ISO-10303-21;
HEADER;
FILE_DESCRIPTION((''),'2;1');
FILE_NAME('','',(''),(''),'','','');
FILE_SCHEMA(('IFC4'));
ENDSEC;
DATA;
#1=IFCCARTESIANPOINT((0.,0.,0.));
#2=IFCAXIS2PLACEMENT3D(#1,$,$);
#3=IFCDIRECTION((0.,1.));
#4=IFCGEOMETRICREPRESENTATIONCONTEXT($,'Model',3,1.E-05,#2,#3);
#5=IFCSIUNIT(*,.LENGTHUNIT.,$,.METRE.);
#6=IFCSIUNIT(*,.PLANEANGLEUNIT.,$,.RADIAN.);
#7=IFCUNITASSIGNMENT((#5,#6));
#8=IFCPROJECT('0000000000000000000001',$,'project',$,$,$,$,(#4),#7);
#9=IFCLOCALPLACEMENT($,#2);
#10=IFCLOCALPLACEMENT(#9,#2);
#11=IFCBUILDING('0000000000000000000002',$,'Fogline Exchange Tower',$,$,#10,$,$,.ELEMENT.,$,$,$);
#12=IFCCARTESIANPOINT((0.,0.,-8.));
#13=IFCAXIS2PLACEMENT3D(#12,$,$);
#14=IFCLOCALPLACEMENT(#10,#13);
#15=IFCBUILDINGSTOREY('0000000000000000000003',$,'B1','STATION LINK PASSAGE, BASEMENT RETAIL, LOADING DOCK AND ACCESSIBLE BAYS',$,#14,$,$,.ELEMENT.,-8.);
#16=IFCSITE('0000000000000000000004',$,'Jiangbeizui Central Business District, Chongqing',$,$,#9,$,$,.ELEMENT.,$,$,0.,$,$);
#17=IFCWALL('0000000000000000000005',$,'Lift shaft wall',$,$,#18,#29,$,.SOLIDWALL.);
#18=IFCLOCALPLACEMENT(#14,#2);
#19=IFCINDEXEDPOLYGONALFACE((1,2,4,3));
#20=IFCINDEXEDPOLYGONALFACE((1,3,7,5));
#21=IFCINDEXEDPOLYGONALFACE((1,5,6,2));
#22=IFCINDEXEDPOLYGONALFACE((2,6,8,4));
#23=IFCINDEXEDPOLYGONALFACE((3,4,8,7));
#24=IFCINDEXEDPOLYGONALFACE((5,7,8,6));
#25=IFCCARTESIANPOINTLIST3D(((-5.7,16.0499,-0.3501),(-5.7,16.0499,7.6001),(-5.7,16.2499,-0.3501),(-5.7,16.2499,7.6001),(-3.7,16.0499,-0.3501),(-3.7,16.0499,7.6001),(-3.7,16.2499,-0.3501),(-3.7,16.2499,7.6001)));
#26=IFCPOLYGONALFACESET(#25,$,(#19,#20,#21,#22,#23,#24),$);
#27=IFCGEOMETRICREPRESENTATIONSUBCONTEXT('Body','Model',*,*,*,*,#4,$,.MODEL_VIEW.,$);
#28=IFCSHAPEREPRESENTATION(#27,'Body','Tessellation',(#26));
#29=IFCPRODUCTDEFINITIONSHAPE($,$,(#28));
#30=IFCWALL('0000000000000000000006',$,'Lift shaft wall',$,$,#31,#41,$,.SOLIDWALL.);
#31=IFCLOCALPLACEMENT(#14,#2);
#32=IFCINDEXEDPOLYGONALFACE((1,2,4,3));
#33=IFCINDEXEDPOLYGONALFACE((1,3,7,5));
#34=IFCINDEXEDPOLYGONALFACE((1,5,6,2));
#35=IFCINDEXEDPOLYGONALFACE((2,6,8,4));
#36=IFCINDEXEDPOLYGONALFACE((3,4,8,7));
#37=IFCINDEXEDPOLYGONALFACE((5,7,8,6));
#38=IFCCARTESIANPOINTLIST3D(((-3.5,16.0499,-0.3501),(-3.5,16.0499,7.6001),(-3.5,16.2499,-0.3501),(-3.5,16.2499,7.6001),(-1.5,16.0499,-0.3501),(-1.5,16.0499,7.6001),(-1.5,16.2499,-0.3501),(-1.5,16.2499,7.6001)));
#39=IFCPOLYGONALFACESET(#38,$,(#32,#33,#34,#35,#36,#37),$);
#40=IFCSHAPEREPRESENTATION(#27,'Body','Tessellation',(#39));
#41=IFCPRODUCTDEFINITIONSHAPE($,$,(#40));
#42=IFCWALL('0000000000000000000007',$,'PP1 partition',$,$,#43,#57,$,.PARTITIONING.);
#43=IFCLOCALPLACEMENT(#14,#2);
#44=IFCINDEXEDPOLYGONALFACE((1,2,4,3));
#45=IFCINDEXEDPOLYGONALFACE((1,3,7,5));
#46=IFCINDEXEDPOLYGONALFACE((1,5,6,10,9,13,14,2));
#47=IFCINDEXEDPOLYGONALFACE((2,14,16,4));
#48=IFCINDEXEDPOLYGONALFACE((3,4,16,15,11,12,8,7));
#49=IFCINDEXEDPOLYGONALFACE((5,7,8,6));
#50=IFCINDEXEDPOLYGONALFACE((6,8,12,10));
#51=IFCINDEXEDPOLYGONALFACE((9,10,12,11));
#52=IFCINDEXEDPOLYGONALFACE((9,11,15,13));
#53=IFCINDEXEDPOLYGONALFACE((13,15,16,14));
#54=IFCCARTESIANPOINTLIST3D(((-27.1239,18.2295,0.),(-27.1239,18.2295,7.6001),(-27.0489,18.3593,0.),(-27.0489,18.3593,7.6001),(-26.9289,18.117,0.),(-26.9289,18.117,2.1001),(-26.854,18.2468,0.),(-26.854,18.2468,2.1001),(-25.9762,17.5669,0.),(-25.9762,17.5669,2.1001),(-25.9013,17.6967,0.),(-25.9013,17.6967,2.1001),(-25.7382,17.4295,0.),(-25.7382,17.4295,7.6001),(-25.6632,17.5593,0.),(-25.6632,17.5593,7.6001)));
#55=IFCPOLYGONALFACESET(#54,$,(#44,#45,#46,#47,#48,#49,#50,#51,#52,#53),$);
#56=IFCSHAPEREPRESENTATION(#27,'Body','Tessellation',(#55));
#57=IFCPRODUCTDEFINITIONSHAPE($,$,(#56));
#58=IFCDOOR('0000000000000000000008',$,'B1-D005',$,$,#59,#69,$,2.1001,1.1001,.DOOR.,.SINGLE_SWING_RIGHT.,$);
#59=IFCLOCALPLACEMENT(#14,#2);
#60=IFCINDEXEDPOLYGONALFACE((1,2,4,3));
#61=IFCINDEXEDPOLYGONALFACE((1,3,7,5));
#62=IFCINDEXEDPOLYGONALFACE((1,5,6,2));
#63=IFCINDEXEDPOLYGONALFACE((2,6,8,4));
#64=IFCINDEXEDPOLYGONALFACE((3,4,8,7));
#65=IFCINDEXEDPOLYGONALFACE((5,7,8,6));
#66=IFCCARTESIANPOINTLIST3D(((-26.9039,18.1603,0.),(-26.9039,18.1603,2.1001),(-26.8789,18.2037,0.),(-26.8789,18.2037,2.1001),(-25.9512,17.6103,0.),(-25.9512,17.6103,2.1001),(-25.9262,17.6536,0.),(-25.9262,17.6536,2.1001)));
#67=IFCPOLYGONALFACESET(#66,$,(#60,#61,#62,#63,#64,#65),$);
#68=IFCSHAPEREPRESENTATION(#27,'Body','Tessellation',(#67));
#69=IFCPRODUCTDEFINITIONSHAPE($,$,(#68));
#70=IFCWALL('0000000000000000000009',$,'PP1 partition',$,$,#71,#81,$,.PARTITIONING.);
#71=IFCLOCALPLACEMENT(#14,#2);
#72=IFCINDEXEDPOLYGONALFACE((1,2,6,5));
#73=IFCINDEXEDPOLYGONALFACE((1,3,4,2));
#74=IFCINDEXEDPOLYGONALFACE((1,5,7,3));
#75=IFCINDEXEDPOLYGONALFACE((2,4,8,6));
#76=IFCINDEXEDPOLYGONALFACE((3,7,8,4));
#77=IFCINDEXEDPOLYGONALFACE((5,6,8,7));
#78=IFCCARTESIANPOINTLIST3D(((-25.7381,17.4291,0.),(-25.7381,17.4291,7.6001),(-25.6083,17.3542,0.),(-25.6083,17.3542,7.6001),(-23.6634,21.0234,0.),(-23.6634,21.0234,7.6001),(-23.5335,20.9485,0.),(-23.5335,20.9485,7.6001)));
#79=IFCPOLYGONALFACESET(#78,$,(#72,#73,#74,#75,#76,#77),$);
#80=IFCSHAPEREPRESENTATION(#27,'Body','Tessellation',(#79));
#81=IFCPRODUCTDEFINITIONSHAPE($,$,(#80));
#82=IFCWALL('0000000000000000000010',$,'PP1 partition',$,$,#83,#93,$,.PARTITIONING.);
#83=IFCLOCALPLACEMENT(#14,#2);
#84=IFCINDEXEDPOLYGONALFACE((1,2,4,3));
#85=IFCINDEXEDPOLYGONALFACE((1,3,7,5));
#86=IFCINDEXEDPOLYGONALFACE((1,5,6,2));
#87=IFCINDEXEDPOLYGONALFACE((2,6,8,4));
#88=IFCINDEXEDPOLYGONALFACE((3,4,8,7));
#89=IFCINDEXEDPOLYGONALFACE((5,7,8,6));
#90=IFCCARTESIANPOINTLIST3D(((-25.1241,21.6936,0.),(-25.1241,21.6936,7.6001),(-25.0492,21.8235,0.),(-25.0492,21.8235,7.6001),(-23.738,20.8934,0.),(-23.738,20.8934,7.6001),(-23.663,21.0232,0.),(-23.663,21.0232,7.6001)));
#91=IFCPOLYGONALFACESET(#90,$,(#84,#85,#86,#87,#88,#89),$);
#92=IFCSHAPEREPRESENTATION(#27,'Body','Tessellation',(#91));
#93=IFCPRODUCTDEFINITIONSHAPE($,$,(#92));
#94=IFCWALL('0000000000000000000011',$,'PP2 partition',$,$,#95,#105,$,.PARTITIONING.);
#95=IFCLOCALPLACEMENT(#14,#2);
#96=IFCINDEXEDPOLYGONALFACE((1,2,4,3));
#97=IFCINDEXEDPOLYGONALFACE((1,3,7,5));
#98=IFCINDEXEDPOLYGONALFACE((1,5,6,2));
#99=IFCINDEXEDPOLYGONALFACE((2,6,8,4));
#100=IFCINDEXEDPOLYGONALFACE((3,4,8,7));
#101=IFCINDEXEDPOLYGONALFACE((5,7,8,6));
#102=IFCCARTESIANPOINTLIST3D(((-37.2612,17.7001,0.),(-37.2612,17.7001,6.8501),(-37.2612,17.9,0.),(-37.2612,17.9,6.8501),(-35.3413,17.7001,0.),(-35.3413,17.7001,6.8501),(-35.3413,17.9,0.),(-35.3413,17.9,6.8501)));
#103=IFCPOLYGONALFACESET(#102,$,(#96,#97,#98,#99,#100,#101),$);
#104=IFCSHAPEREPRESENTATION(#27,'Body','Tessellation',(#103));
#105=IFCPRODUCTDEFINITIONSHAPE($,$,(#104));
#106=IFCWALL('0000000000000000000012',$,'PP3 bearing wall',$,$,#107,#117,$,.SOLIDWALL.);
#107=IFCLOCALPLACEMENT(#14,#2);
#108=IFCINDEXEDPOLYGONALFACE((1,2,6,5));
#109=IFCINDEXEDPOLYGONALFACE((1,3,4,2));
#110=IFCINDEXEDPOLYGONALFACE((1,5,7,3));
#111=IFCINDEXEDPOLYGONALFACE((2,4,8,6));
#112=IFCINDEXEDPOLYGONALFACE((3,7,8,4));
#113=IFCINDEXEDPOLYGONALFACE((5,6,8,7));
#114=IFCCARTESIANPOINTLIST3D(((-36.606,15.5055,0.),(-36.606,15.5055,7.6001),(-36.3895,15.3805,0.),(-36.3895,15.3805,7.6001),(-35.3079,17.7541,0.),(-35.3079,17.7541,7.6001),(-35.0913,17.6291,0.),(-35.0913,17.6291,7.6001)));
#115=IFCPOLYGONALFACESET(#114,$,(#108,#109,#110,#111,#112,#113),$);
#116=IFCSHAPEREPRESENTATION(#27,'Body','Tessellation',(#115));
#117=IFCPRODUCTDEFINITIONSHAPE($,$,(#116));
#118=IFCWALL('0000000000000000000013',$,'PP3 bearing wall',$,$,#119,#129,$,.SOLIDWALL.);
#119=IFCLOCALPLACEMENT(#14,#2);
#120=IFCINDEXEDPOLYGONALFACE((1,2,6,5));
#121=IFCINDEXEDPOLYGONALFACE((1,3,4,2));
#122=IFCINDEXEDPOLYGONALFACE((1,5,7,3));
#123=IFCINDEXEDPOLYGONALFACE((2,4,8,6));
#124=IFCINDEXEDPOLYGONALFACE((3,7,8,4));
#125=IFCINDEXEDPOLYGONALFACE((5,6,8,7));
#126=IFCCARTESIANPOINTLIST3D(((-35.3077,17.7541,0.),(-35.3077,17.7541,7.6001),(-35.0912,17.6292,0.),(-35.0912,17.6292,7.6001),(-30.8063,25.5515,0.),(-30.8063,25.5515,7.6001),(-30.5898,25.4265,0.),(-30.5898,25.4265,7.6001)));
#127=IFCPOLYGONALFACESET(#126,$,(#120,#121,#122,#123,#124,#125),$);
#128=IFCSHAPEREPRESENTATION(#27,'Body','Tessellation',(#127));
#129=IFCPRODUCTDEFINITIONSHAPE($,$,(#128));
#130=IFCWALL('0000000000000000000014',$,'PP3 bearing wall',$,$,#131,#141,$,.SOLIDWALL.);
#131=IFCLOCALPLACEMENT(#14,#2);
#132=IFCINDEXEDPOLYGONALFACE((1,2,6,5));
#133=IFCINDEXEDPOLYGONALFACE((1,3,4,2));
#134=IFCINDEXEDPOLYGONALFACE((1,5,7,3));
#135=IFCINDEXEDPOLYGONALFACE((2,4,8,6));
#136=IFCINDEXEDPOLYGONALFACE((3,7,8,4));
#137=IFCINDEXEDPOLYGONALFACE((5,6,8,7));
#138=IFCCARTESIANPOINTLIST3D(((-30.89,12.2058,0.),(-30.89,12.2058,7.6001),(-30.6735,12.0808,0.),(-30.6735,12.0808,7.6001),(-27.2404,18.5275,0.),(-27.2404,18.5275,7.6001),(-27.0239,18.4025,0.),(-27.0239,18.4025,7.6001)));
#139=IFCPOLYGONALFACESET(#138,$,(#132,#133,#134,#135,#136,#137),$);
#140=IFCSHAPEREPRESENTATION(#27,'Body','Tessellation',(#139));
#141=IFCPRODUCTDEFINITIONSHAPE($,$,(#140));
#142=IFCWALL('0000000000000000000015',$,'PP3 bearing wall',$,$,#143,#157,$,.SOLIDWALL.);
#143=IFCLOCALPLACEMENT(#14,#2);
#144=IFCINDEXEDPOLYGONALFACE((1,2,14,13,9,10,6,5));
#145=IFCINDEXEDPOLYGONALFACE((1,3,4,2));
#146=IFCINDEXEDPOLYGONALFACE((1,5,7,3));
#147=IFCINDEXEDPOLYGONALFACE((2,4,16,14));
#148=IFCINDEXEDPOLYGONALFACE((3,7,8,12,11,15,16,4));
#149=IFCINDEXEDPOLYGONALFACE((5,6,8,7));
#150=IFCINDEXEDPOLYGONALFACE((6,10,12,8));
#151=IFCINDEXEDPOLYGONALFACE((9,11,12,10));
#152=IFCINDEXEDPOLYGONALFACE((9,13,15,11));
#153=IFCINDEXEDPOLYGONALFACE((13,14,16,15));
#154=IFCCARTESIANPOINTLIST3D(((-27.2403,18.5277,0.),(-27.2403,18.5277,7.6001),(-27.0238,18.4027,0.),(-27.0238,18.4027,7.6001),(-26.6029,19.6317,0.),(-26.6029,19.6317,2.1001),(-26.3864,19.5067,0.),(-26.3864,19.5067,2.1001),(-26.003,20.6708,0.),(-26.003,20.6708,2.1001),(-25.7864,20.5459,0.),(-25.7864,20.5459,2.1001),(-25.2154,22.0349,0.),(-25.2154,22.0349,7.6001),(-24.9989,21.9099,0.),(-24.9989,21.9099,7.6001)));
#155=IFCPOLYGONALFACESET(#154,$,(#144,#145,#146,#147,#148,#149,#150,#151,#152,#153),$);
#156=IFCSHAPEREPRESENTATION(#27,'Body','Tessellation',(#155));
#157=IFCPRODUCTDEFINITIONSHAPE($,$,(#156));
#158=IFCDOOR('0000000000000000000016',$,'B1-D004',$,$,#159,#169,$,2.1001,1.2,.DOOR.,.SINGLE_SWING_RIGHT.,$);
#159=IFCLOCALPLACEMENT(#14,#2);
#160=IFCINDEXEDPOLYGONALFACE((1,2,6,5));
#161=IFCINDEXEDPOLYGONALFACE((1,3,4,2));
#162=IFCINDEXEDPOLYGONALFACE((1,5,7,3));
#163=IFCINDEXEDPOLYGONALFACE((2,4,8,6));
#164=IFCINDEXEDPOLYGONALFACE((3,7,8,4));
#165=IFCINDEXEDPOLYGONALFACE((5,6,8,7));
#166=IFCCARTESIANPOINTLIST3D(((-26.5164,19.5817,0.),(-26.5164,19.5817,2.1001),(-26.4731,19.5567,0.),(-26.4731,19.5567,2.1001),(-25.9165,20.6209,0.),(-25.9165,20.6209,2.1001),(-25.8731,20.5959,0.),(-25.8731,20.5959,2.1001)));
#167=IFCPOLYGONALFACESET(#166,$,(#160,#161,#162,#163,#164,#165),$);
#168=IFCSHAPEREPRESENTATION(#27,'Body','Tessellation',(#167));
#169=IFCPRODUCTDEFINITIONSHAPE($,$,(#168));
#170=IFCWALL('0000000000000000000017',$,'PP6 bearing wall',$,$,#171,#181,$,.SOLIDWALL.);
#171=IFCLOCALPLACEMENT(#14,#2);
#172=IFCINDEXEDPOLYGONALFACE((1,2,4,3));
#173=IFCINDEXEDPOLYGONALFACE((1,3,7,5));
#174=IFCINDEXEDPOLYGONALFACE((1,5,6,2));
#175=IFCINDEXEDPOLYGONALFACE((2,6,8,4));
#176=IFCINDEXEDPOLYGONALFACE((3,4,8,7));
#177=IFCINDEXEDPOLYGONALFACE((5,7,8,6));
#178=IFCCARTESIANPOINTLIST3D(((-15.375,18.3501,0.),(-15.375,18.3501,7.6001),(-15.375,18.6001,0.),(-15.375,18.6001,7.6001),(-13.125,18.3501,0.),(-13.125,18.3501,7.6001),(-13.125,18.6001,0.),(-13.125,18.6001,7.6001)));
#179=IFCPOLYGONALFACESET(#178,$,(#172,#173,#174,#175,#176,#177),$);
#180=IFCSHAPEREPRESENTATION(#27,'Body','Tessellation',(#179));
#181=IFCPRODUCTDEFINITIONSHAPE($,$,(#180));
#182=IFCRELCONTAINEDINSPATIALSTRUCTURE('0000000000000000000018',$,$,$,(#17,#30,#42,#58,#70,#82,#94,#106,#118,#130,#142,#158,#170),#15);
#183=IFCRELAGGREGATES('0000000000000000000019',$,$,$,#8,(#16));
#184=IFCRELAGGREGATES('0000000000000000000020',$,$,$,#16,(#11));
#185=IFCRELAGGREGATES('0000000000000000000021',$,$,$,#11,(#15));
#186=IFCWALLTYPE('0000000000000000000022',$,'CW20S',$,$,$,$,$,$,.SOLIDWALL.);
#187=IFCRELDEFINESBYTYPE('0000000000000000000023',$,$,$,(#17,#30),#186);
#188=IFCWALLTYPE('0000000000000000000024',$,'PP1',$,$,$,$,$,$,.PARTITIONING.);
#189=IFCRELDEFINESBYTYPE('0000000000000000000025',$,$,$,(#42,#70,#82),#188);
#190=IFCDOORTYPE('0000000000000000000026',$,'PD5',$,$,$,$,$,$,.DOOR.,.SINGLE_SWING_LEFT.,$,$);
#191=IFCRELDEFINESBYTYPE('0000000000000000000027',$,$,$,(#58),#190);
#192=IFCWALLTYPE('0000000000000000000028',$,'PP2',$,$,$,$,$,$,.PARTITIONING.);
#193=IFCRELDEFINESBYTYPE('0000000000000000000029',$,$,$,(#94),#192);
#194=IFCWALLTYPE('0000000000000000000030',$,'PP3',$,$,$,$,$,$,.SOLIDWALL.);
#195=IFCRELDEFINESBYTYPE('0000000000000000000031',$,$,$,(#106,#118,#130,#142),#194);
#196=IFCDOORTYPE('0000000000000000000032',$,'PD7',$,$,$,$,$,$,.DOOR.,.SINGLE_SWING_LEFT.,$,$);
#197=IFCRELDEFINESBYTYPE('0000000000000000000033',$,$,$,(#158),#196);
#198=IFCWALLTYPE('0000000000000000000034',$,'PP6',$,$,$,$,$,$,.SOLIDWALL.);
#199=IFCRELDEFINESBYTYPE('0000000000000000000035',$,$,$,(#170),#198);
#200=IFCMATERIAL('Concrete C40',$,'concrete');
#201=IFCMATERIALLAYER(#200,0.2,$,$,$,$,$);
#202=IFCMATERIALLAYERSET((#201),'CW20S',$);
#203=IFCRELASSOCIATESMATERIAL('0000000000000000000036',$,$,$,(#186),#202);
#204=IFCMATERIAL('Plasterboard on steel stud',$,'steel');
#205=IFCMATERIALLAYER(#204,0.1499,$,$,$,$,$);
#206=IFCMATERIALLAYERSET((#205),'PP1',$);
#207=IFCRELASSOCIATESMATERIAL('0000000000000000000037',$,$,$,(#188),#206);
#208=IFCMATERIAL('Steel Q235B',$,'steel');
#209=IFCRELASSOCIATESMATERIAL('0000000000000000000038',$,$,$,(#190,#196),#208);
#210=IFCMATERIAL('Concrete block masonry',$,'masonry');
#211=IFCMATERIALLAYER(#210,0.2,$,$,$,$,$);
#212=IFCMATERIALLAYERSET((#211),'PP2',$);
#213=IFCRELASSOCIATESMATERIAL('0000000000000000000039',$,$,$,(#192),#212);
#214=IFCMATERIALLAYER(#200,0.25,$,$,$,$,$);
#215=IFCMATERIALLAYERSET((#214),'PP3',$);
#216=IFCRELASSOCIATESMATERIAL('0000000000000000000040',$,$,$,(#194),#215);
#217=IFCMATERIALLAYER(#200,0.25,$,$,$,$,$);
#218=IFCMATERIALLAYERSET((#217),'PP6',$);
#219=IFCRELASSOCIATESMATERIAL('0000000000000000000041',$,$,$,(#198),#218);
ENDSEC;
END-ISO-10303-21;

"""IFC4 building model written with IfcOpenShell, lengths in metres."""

from ifc_helpers import new_model, si_unit, direction, frame, frame_2d, origin, place, context, subcontext, project, spatial, rectangle, extrude, material, layer, layer_set, type_object, element, fill, save


model = new_model("IFC4")

# Units and contexts
model_context = context("Model", 3, precision=1e-05, world=origin(), true_north=direction((0.0, 1.0)))
body_context = subcontext(model_context, "Body", "Model", "MODEL_VIEW")
ifc_project = project(units=[si_unit("LENGTHUNIT", "METRE"), si_unit("PLANEANGLEUNIT", "RADIAN")], contexts=[model_context])

# Site, building, storey
site_placement = place(None, origin())
site = spatial("IfcSite", under=ifc_project, at=site_placement, Name="Jiangbeizui Central Business District, Chongqing", CompositionType="ELEMENT", RefElevation=0.0)
building_placement = place(site_placement, origin())
building = spatial("IfcBuilding", under=site, at=building_placement, Name="Fogline Exchange Tower", CompositionType="ELEMENT")
storey_placement = place(building_placement, frame((0.0, 0.0, -8.0)))
storey = spatial("IfcBuildingStorey", under=building, at=storey_placement, Name="B1", Description="STATION LINK PASSAGE, BASEMENT RETAIL, LOADING DOCK AND ACCESSIBLE BAYS", CompositionType="ELEMENT", Elevation=-8.0)

# Walls
ifc_material_1 = material(Name="Concrete C40", Category="concrete")
ifc_layer_1 = layer(ifc_material_1, 0.2)
ifc_layer_set_1 = layer_set([ifc_layer_1], Name="CW20S")
wall_type_1 = type_object("IfcWallType", Name="CW20S", PredefinedType="SOLIDWALL", material=ifc_layer_set_1)
for number, where, z_axis, x_axis, name in (
    (1, (-5.7, 16.1499, -0.3501), (0.0, 0.0, 1.0), (1.0, 0.0, 0.0), "Lift shaft wall"),
    (2, (-3.5, 16.1499, -0.3501), (0.0, 0.0, 1.0), (1.0, 0.0, 0.0), "Lift shaft wall"),
):
    element("IfcWall", number, at=place(storey_placement, frame(where, z_axis=z_axis, x_axis=x_axis)), inside=storey, type_object=wall_type_1, Name=name, PredefinedType="SOLIDWALL", context=body_context, shape_type="SweptSolid", body=[
        extrude(rectangle(XDim=2.0, YDim=0.2, at=frame_2d((1.0, 0.0))), origin(), (0.0, 0.0, 1.0), 7.9502),
    ])

# Wall, opening, door
ifc_material_2 = material(Name="Plasterboard on steel stud", Category="steel")
ifc_layer_2 = layer(ifc_material_2, 0.1499)
ifc_layer_set_2 = layer_set([ifc_layer_2], Name="PP1")
wall_type_2 = type_object("IfcWallType", Name="PP1", PredefinedType="PARTITIONING", material=ifc_layer_set_2)
wall_1_placement = place(storey_placement, frame((-25.7007, 17.4944, 0.0), z_axis=(0.0, 0.0, 1.0), x_axis=(-0.866028, 0.499995, 0.0)))
wall_1 = element("IfcWall", 3, at=wall_1_placement, inside=storey, type_object=wall_type_2, Name="PP1 partition", PredefinedType="PARTITIONING", context=body_context, shape_type="SweptSolid", body=[
    extrude(rectangle(XDim=1.6001, YDim=0.1499, at=frame_2d((0.8, 0.0))), origin(), (0.0, 0.0, 1.0), 7.6001),
])
opening_1_placement = place(wall_1_placement, frame((0.2749, 0.0, 0.0)))
opening_1 = element("IfcOpeningElement", 4, at=opening_1_placement, cuts=wall_1, PredefinedType="OPENING", context=body_context, shape_type="SweptSolid", body=[
    extrude(rectangle(XDim=1.1001, YDim=2.1001, at=frame_2d((0.55, 1.05))), frame((0.0, 0.085, 0.0), z_axis=(0.0, -1.0, 0.0), x_axis=(1.0, 0.0, 0.0)), (0.0, 0.0, 1.0), 0.1699),
])
ifc_material_3 = material(Name="Steel Q235B", Category="steel")
door_type_1 = type_object("IfcDoorType", Name="PD5", OperationType="SINGLE_SWING_LEFT", PredefinedType="DOOR", material=ifc_material_3)
door_1_placement = place(opening_1_placement, origin())
door_1 = element("IfcDoor", 5, at=door_1_placement, inside=storey, type_object=door_type_1, Name="B1-D005", OperationType="SINGLE_SWING_RIGHT", OverallHeight=2.1001, OverallWidth=1.1001, PredefinedType="DOOR", context=body_context, shape_type="SweptSolid", body=[
    extrude(rectangle(XDim=1.1001, YDim=2.1001, at=frame_2d((0.55, 1.05))), frame((0.0, 0.0249, 0.0), z_axis=(0.0, -1.0, 0.0), x_axis=(1.0, 0.0, 0.0)), (0.0, 0.0, 1.0), 0.05),
])
fill(opening_1, door_1)

# Walls
wall_2_placement = place(storey_placement, frame((-23.5984, 20.9861, 0.0), z_axis=(0.0, 0.0, 1.0), x_axis=(-0.499923, -0.86607, 0.0)))
element("IfcWall", 6, at=wall_2_placement, inside=storey, type_object=wall_type_2, Name="PP1 partition", PredefinedType="PARTITIONING", context=body_context, shape_type="SweptSolid", body=[
    extrude(rectangle(XDim=4.1501, YDim=0.1499, at=frame_2d((2.0752, 0.0))), origin(), (0.0, 0.0, 1.0), 7.6001),
])
wall_3_placement = place(storey_placement, frame((-25.0867, 21.7585, 0.0), z_axis=(0.0, 0.0, 1.0), x_axis=(0.866038, -0.499978, 0.0)))
element("IfcWall", 7, at=wall_3_placement, inside=storey, type_object=wall_type_2, Name="PP1 partition", PredefinedType="PARTITIONING", context=body_context, shape_type="SweptSolid", body=[
    extrude(rectangle(XDim=1.6006, YDim=0.1499, at=frame_2d((0.8003, 0.0))), origin(), (0.0, 0.0, 1.0), 7.6001),
])
ifc_material_4 = material(Name="Concrete block masonry", Category="masonry")
ifc_layer_3 = layer(ifc_material_4, 0.2)
ifc_layer_set_3 = layer_set([ifc_layer_3], Name="PP2")
wall_type_3 = type_object("IfcWallType", Name="PP2", PredefinedType="PARTITIONING", material=ifc_layer_set_3)
wall_4_placement = place(storey_placement, frame((-37.2612, 17.8, 0.0), z_axis=(0.0, 0.0, 1.0), x_axis=(1.0, 0.0, 0.0)))
element("IfcWall", 8, at=wall_4_placement, inside=storey, type_object=wall_type_3, Name="PP2 partition", PredefinedType="PARTITIONING", context=body_context, shape_type="SweptSolid", body=[
    extrude(rectangle(XDim=1.9199, YDim=0.2, at=frame_2d((0.96, 0.0))), origin(), (0.0, 0.0, 1.0), 6.8501),
])
ifc_layer_4 = layer(ifc_material_1, 0.25)
ifc_layer_set_4 = layer_set([ifc_layer_4], Name="PP3")
wall_type_4 = type_object("IfcWallType", Name="PP3", PredefinedType="SOLIDWALL", material=ifc_layer_set_4)
wall_5_placement = place(storey_placement, frame((-36.4978, 15.4429, 0.0), z_axis=(0.0, 0.0, 1.0), x_axis=(0.499972, 0.866042, 0.0)))
element("IfcWall", 9, at=wall_5_placement, inside=storey, type_object=wall_type_4, Name="PP3 bearing wall", PredefinedType="SOLIDWALL", context=body_context, shape_type="SweptSolid", body=[
    extrude(rectangle(XDim=2.5964, YDim=0.25, at=frame_2d((1.2983, 0.0))), origin(), (0.0, 0.0, 1.0), 7.6001),
])
wall_6_placement = place(storey_placement, frame((-35.1995, 17.6917, 0.0), z_axis=(0.0, 0.0, 1.0), x_axis=(0.499971, 0.866042, 0.0)))
element("IfcWall", 10, at=wall_6_placement, inside=storey, type_object=wall_type_4, Name="PP3 bearing wall", PredefinedType="SOLIDWALL", context=body_context, shape_type="SweptSolid", body=[
    extrude(rectangle(XDim=9.0034, YDim=0.25, at=frame_2d((4.5017, 0.0))), origin(), (0.0, 0.0, 1.0), 7.6001),
])
wall_7_placement = place(storey_placement, frame((-27.1321, 18.4651, 0.0), z_axis=(0.0, 0.0, 1.0), x_axis=(-0.499977, -0.866039, 0.0)))
element("IfcWall", 11, at=wall_7_placement, inside=storey, type_object=wall_type_4, Name="PP3 bearing wall", PredefinedType="SOLIDWALL", context=body_context, shape_type="SweptSolid", body=[
    extrude(rectangle(XDim=7.2996, YDim=0.25, at=frame_2d((3.6499, 0.0))), origin(), (0.0, 0.0, 1.0), 7.6001),
])

# Wall, opening, door
wall_8_placement = place(storey_placement, frame((-25.1072, 21.9724, 0.0), z_axis=(0.0, 0.0, 1.0), x_axis=(-0.49999, -0.866031, 0.0)))
wall_8 = element("IfcWall", 12, at=wall_8_placement, inside=storey, type_object=wall_type_4, Name="PP3 bearing wall", PredefinedType="SOLIDWALL", context=body_context, shape_type="SweptSolid", body=[
    extrude(rectangle(XDim=4.0498, YDim=0.25, at=frame_2d((2.0249, 0.0))), origin(), (0.0, 0.0, 1.0), 7.6001),
])
opening_2_placement = place(wall_8_placement, frame((1.575, 0.0, 0.0)))
opening_2 = element("IfcOpeningElement", 13, at=opening_2_placement, cuts=wall_8, PredefinedType="OPENING", context=body_context, shape_type="SweptSolid", body=[
    extrude(rectangle(XDim=1.2, YDim=2.1001, at=frame_2d((0.6001, 1.05))), frame((0.0, 0.135, 0.0), z_axis=(0.0, -1.0, 0.0), x_axis=(1.0, 0.0, 0.0)), (0.0, 0.0, 1.0), 0.27),
])
door_type_2 = type_object("IfcDoorType", Name="PD7", OperationType="SINGLE_SWING_LEFT", PredefinedType="DOOR", material=ifc_material_3)
door_2_placement = place(opening_2_placement, origin())
door_2 = element("IfcDoor", 14, at=door_2_placement, inside=storey, type_object=door_type_2, Name="B1-D004", OperationType="SINGLE_SWING_RIGHT", OverallHeight=2.1001, OverallWidth=1.2, PredefinedType="DOOR", context=body_context, shape_type="SweptSolid", body=[
    extrude(rectangle(XDim=1.2, YDim=2.1001, at=frame_2d((0.6001, 1.05))), frame((0.0, 0.0249, 0.0), z_axis=(0.0, -1.0, 0.0), x_axis=(1.0, 0.0, 0.0)), (0.0, 0.0, 1.0), 0.05),
])
fill(opening_2, door_2)

# Wall
ifc_layer_5 = layer(ifc_material_1, 0.25)
ifc_layer_set_5 = layer_set([ifc_layer_5], Name="PP6")
wall_type_5 = type_object("IfcWallType", Name="PP6", PredefinedType="SOLIDWALL", material=ifc_layer_set_5)
wall_9_placement = place(storey_placement, frame((-13.125, 18.4751, 0.0), z_axis=(0.0, 0.0, 1.0), x_axis=(-1.0, 0.0, 0.0)))
element("IfcWall", 15, at=wall_9_placement, inside=storey, type_object=wall_type_5, Name="PP6 bearing wall", PredefinedType="SOLIDWALL", context=body_context, shape_type="SweptSolid", body=[
    extrude(rectangle(XDim=2.25, YDim=0.25, at=frame_2d((1.125, 0.0))), origin(), (0.0, 0.0, 1.0), 7.6001),
])

save(model, "model.ifc")
